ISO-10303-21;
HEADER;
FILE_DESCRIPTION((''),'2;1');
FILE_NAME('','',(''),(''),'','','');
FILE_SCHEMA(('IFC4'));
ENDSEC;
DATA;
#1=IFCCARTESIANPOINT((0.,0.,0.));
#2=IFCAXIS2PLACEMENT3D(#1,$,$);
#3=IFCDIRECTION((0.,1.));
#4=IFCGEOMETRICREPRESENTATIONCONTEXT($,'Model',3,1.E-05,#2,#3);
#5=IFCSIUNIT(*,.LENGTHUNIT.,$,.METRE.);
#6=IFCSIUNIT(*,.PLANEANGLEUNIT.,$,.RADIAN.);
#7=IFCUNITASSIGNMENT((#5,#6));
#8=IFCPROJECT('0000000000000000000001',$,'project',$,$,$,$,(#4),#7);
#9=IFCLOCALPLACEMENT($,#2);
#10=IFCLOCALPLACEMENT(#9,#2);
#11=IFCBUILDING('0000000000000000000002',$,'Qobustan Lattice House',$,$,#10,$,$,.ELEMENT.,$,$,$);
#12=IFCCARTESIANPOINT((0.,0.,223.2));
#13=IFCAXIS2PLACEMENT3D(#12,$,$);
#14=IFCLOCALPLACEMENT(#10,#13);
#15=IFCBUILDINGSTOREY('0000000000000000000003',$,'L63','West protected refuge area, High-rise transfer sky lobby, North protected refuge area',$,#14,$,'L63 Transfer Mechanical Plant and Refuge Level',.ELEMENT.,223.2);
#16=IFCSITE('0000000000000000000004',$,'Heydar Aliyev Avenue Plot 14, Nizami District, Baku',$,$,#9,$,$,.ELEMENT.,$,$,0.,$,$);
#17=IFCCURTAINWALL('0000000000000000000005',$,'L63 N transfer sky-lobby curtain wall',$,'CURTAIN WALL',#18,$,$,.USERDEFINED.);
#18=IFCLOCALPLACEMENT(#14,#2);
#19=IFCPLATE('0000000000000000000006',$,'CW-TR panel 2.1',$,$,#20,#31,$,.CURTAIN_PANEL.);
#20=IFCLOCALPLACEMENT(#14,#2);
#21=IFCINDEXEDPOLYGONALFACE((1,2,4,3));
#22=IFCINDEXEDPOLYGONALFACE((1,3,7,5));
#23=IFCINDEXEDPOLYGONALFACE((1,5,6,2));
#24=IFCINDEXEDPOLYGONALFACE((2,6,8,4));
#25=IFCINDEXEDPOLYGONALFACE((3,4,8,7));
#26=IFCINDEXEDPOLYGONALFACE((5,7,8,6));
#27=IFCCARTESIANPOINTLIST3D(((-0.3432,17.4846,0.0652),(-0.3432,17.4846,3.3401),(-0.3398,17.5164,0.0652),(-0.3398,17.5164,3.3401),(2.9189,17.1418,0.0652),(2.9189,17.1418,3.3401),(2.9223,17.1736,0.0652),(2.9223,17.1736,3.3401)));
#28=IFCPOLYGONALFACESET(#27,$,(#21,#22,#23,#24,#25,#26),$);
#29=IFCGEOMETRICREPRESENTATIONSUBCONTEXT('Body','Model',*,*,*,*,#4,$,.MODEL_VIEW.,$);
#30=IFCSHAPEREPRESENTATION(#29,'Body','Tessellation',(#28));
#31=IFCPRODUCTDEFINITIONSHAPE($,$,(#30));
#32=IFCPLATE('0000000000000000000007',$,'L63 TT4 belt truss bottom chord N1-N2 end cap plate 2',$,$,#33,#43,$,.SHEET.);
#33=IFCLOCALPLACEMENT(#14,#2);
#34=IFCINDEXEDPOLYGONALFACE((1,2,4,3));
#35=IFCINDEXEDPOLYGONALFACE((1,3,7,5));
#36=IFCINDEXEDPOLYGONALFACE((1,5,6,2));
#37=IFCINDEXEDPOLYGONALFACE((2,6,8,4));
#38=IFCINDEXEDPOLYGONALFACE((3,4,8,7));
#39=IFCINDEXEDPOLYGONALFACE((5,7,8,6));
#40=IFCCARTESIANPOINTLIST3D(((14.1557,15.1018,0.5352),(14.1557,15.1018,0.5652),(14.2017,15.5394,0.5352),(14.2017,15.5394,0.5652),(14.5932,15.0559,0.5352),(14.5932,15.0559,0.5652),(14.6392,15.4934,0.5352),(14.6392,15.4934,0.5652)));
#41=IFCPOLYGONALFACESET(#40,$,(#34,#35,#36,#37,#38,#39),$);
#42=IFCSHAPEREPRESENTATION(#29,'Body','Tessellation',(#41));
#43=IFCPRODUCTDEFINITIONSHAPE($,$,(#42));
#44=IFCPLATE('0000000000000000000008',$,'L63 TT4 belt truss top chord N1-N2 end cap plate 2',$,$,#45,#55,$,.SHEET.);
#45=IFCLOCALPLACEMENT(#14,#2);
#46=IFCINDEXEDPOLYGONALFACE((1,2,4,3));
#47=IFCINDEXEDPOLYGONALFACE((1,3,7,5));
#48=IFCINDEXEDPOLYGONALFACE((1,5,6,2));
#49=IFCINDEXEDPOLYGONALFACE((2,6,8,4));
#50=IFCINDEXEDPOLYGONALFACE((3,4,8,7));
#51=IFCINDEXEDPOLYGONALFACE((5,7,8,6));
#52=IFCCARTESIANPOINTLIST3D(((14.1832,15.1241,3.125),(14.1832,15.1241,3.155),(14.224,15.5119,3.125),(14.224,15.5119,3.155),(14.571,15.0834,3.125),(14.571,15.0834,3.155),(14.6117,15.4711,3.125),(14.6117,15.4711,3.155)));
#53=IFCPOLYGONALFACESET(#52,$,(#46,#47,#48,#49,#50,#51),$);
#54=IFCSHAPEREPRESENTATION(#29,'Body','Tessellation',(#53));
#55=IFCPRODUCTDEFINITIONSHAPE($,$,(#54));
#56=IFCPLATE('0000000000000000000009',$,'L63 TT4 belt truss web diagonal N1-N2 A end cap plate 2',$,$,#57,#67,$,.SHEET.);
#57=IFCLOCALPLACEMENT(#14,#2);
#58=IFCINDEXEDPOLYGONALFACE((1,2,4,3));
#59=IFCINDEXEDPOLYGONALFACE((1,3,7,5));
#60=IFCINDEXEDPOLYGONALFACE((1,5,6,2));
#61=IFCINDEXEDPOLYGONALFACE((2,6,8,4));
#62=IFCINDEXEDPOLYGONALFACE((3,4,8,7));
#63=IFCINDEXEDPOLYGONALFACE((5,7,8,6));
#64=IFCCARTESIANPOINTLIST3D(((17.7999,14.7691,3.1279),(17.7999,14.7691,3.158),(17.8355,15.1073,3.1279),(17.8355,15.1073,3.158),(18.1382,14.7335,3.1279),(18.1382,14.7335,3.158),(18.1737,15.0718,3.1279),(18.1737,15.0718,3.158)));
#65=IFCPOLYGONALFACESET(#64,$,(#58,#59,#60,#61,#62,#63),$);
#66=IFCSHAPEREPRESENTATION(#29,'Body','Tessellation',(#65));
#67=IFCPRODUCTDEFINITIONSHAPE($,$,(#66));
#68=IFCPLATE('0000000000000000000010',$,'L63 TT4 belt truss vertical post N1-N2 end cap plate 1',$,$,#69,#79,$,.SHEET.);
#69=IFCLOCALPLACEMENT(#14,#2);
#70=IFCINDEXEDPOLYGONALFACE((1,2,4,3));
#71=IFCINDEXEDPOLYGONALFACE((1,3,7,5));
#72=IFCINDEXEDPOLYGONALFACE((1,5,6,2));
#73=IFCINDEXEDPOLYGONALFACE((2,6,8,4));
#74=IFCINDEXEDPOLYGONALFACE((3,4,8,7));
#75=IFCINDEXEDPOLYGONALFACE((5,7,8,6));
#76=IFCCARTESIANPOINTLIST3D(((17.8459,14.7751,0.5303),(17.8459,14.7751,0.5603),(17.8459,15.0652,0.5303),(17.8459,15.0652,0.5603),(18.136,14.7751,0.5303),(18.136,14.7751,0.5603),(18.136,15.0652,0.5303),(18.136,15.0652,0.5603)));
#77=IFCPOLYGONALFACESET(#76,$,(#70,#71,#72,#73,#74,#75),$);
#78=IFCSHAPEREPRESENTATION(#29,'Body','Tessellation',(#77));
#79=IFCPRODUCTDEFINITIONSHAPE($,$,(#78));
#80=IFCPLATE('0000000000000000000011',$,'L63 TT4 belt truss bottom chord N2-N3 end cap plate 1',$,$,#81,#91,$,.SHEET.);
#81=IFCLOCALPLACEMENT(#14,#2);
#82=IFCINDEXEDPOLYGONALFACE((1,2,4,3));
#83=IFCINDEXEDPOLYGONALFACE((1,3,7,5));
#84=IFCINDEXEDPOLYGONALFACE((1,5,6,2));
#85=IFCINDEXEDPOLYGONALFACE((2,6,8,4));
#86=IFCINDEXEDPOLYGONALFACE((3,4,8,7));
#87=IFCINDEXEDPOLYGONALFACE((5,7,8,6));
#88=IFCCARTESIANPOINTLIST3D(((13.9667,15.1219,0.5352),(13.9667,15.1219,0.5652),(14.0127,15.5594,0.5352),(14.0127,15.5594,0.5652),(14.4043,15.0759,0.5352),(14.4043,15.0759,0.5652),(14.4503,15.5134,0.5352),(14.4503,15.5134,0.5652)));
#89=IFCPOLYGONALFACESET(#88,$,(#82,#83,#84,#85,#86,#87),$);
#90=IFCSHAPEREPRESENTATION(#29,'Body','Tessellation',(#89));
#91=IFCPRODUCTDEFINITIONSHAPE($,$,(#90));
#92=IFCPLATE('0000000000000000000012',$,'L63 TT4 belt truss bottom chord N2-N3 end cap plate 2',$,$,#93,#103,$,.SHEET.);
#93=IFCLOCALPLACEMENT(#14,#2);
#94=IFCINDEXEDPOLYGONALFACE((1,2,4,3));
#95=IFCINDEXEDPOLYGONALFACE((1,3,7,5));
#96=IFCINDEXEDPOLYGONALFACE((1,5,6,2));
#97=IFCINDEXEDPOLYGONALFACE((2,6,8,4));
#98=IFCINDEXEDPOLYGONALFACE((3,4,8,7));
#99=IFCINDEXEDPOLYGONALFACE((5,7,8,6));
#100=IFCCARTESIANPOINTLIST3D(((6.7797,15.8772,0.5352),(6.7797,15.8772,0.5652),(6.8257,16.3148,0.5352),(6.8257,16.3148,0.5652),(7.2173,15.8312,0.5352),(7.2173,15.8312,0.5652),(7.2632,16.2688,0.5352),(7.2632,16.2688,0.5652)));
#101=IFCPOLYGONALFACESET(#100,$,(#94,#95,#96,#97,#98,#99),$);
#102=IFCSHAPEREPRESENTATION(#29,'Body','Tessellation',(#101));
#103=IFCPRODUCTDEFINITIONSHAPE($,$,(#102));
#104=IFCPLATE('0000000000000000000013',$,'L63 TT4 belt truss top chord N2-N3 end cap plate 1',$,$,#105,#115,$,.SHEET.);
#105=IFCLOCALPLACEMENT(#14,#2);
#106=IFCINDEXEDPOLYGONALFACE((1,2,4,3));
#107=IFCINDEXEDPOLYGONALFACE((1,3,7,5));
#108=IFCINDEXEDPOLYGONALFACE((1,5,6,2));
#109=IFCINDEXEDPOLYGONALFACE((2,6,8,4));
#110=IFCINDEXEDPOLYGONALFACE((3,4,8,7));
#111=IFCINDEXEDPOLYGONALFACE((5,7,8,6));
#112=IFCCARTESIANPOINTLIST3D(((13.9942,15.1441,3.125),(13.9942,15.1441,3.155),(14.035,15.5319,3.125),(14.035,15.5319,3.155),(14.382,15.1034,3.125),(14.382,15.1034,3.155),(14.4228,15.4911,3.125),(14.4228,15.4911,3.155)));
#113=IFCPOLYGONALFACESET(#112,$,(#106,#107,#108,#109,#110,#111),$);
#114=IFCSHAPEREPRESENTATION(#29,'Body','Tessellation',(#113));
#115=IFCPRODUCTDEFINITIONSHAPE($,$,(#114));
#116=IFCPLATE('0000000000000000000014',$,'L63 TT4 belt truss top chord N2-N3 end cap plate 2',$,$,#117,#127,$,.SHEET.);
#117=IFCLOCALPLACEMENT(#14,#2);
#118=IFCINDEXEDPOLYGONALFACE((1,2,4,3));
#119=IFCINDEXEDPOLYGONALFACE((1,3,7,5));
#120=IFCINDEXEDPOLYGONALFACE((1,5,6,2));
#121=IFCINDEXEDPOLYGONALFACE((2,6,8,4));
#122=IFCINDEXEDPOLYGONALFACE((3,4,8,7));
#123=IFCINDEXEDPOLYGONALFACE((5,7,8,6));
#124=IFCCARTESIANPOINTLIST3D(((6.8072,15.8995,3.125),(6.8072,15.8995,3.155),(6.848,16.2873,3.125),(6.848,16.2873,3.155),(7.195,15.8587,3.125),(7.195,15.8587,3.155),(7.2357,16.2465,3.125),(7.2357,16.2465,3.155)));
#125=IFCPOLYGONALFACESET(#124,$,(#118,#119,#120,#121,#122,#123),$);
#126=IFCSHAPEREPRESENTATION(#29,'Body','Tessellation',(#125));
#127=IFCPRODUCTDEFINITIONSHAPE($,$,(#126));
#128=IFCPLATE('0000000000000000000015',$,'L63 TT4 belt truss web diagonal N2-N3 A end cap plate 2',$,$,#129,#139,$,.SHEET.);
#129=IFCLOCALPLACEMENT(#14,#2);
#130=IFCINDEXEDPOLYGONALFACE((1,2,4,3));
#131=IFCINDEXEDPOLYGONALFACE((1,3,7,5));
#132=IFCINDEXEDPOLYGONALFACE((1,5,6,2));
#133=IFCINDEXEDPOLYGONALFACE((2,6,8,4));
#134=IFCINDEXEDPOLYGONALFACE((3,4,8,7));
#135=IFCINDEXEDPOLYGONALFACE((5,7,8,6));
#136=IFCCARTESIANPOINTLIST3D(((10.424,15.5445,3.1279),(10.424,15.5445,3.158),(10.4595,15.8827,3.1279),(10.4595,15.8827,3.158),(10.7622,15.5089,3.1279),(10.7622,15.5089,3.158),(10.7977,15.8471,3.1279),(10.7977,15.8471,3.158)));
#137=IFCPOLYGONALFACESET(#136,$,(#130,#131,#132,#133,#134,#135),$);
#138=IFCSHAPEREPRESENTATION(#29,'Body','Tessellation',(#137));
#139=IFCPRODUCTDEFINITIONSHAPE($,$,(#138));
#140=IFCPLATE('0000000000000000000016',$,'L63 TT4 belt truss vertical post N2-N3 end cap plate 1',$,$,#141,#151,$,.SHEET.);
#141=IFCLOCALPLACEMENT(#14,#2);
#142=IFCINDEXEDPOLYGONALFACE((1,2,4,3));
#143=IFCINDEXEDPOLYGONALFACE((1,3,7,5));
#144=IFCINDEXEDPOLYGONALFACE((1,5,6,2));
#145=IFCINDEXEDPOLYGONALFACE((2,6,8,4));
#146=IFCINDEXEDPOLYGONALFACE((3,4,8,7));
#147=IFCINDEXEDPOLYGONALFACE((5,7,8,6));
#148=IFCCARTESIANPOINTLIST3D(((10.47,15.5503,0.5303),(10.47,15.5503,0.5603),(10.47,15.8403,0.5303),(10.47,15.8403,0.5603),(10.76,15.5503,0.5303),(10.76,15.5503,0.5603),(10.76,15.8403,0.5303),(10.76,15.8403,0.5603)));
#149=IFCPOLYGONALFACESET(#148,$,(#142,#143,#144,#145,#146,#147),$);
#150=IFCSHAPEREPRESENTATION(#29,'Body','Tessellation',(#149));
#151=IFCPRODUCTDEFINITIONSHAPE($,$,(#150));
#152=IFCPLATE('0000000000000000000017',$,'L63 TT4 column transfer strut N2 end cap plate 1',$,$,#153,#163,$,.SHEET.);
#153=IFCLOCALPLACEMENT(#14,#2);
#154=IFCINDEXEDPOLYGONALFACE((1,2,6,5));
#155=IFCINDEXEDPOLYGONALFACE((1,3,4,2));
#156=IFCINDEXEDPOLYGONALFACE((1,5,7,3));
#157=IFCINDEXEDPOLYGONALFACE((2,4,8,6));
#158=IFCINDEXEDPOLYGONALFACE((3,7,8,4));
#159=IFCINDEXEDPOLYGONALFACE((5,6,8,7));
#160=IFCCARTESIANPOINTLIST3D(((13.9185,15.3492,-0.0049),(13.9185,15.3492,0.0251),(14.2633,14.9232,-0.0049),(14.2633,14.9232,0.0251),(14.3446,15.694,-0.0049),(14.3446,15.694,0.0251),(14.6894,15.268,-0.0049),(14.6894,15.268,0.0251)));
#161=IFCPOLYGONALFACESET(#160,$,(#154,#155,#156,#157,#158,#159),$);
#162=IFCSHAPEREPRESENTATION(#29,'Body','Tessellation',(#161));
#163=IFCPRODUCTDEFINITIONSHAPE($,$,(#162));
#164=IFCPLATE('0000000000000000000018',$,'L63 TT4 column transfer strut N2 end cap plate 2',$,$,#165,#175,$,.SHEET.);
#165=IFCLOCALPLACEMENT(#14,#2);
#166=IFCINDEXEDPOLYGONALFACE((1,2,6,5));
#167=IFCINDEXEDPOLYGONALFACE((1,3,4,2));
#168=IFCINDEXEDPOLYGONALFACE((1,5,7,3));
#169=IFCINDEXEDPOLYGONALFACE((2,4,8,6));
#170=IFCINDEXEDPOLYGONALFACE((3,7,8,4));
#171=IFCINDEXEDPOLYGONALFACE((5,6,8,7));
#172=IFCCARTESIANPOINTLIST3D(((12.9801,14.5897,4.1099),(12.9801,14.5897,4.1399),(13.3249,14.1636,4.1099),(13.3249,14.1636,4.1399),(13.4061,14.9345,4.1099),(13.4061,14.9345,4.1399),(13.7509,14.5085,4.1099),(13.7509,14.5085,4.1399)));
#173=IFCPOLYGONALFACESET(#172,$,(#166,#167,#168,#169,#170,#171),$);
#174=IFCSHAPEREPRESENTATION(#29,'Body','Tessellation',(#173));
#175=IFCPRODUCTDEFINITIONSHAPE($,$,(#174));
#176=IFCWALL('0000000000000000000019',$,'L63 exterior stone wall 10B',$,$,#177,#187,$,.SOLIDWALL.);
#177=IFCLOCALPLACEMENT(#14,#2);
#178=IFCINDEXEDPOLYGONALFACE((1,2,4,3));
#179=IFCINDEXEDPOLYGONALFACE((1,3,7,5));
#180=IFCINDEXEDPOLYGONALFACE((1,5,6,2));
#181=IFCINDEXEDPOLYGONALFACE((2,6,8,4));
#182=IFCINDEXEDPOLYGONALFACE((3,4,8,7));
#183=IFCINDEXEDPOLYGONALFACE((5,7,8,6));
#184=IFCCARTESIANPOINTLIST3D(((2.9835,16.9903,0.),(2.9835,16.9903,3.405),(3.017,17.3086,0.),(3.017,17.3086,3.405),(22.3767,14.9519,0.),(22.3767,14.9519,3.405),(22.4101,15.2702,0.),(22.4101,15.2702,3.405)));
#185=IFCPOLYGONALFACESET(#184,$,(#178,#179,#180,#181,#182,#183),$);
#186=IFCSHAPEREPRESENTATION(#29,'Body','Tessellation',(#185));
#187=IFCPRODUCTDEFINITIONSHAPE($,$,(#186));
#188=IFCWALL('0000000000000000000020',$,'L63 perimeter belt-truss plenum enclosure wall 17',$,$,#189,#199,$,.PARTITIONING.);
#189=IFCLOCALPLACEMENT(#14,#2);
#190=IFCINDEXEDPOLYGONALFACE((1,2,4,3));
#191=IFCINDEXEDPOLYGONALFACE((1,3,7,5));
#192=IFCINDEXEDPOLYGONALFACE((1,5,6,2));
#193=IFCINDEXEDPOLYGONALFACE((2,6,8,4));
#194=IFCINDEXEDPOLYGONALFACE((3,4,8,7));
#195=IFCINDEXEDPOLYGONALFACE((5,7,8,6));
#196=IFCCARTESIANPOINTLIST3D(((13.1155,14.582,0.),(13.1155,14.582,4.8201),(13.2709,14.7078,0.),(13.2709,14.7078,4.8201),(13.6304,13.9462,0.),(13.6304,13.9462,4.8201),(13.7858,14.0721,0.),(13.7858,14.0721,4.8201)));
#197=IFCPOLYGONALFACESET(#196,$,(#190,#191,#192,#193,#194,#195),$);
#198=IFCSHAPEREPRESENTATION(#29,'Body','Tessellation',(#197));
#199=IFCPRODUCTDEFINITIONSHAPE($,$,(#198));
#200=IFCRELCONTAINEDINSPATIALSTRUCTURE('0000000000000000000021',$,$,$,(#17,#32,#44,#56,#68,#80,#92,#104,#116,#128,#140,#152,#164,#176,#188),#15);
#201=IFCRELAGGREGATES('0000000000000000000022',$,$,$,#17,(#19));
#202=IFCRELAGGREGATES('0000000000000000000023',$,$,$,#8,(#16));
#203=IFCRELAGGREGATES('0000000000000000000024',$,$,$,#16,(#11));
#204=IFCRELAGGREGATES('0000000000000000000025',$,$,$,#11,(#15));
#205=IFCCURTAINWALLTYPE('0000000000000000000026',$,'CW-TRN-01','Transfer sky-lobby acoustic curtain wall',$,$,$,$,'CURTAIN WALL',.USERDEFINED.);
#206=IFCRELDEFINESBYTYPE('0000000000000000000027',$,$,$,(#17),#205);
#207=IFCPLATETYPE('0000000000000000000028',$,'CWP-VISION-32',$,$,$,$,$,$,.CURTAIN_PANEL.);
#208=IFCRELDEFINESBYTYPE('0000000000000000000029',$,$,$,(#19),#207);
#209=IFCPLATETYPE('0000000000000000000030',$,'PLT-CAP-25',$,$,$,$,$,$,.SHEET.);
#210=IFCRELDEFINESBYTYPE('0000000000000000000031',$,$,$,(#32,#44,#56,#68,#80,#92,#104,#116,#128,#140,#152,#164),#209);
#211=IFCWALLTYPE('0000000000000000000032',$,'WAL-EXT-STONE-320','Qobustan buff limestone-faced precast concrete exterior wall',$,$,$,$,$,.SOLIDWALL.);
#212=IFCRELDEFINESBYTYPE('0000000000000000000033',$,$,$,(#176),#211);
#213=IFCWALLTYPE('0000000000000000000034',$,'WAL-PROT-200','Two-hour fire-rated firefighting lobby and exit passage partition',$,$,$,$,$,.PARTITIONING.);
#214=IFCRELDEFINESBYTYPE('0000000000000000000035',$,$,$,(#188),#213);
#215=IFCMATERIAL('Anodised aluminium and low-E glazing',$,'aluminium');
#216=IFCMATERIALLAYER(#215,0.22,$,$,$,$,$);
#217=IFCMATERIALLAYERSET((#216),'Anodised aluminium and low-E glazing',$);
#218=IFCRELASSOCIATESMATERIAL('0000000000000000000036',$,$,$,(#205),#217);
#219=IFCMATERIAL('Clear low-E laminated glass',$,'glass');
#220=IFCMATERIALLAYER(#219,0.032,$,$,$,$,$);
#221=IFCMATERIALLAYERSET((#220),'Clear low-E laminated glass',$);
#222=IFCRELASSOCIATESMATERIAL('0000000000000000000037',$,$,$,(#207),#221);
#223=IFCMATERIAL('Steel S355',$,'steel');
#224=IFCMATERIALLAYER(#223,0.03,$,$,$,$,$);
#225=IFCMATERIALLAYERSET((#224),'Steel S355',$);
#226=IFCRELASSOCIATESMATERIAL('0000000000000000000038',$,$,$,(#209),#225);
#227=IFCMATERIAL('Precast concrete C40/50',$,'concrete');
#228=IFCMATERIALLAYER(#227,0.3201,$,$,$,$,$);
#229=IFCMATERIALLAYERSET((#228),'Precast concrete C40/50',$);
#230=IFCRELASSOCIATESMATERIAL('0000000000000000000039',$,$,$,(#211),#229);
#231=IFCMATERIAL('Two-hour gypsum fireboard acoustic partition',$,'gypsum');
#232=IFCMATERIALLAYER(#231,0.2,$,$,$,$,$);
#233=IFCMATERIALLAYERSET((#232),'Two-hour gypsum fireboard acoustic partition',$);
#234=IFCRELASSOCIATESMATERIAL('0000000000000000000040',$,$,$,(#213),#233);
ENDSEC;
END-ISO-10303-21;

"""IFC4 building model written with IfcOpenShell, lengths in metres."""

from ifc_helpers import new_model, si_unit, direction, frame, frame_2d, origin, origin_2d, place, context, subcontext, project, spatial, rectangle, extrude, material, layer, layer_set, type_object, element, aggregate, save


model = new_model("IFC4")

# Units and contexts
model_context = context("Model", 3, precision=1e-05, world=origin(), true_north=direction((0.0, 1.0)))
body_context = subcontext(model_context, "Body", "Model", "MODEL_VIEW")
ifc_project = project(units=[si_unit("LENGTHUNIT", "METRE"), si_unit("PLANEANGLEUNIT", "RADIAN")], contexts=[model_context])

# Site, building, storey
site_placement = place(None, origin())
site = spatial("IfcSite", under=ifc_project, at=site_placement, Name="Heydar Aliyev Avenue Plot 14, Nizami District, Baku", CompositionType="ELEMENT", RefElevation=0.0)
building_placement = place(site_placement, origin())
building = spatial("IfcBuilding", under=site, at=building_placement, Name="Qobustan Lattice House", CompositionType="ELEMENT")
storey_placement = place(building_placement, frame((0.0, 0.0, 223.2)))
storey = spatial("IfcBuildingStorey", under=building, at=storey_placement, Name="L63", Description="West protected refuge area, High-rise transfer sky lobby, North protected refuge area", LongName="L63 Transfer Mechanical Plant and Refuge Level", CompositionType="ELEMENT", Elevation=223.2)

# Curtain wall
ifc_material_1 = material(Name="Anodised aluminium and low-E glazing", Category="aluminium")
ifc_layer_1 = layer(ifc_material_1, 0.22)
ifc_layer_set_1 = layer_set([ifc_layer_1], Name="Anodised aluminium and low-E glazing")
curtain_wall_type = type_object("IfcCurtainWallType", Name="CW-TRN-01", Description="Transfer sky-lobby acoustic curtain wall", ElementType="CURTAIN WALL", PredefinedType="USERDEFINED", material=ifc_layer_set_1)
curtain_wall_placement = place(storey_placement, origin())
curtain_wall = element("IfcCurtainWall", 1, at=curtain_wall_placement, inside=storey, type_object=curtain_wall_type, Name="L63 N transfer sky-lobby curtain wall", ObjectType="CURTAIN WALL", PredefinedType="USERDEFINED")

# Plate
ifc_material_2 = material(Name="Clear low-E laminated glass", Category="glass")
ifc_layer_2 = layer(ifc_material_2, 0.032)
ifc_layer_set_2 = layer_set([ifc_layer_2], Name="Clear low-E laminated glass")
plate_type_1 = type_object("IfcPlateType", Name="CWP-VISION-32", PredefinedType="CURTAIN_PANEL", material=ifc_layer_set_2)
plate_1_placement = place(storey_placement, frame((1.2896, 17.3291, 0.0652), z_axis=(0.0, 0.0, 1.0), x_axis=(0.994522, -0.104529, 0.0)))
plate_1 = element("IfcPlate", 2, at=plate_1_placement, type_object=plate_type_1, Name="CW-TR panel 2.1", PredefinedType="CURTAIN_PANEL", context=body_context, shape_type="SweptSolid", body=[
    extrude(rectangle(XDim=3.28, YDim=0.032, at=origin_2d()), origin(), (0.0, 0.0, 1.0), 3.2749),
])
aggregate(curtain_wall, [plate_1])

# Plates
ifc_material_3 = material(Name="Steel S355", Category="steel")
ifc_layer_3 = layer(ifc_material_3, 0.03)
ifc_layer_set_3 = layer_set([ifc_layer_3], Name="Steel S355")
plate_type_2 = type_object("IfcPlateType", Name="PLT-CAP-25", PredefinedType="SHEET", material=ifc_layer_set_3)
plate_2_placement = place(storey_placement, frame((14.3975, 15.2976, 0.5352), z_axis=(0.0, 0.0, 1.0), x_axis=(-0.994524, 0.104511, 0.0)))
element("IfcPlate", 3, at=plate_2_placement, inside=storey, type_object=plate_type_2, Name="L63 TT4 belt truss bottom chord N1-N2 end cap plate 2", PredefinedType="SHEET", context=body_context, shape_type="SweptSolid", body=[
    extrude(rectangle(XDim=0.4399, YDim=0.4399, at=origin_2d()), origin(), (0.0, 0.0, 1.0), 0.03),
])
plate_3_placement = place(storey_placement, frame((14.3975, 15.2976, 3.125), z_axis=(0.0, 0.0, 1.0), x_axis=(-0.994524, 0.104511, 0.0)))
element("IfcPlate", 4, at=plate_3_placement, inside=storey, type_object=plate_type_2, Name="L63 TT4 belt truss top chord N1-N2 end cap plate 2", PredefinedType="SHEET", context=body_context, shape_type="SweptSolid", body=[
    extrude(rectangle(XDim=0.3899, YDim=0.3899, at=origin_2d()), origin(), (0.0, 0.0, 1.0), 0.03),
])
plate_4_placement = place(storey_placement, frame((17.9868, 14.9204, 3.1279), z_axis=(0.0, 0.0, 1.0), x_axis=(-0.994524, 0.104511, 0.0)))
element("IfcPlate", 5, at=plate_4_placement, inside=storey, type_object=plate_type_2, Name="L63 TT4 belt truss web diagonal N1-N2 A end cap plate 2", PredefinedType="SHEET", context=body_context, shape_type="SweptSolid", body=[
    extrude(rectangle(XDim=0.3401, YDim=0.3401, at=origin_2d()), origin(), (0.0, 0.0, 1.0), 0.03),
])
plate_5_placement = place(storey_placement, frame((17.991, 14.9202, 0.5303), z_axis=(0.0, 0.0, 1.0), x_axis=(1.0, 0.0, 0.0)))
element("IfcPlate", 6, at=plate_5_placement, inside=storey, type_object=plate_type_2, Name="L63 TT4 belt truss vertical post N1-N2 end cap plate 1", PredefinedType="SHEET", context=body_context, shape_type="SweptSolid", body=[
    extrude(rectangle(XDim=0.29, YDim=0.29, at=origin_2d()), origin(), (0.0, 0.0, 1.0), 0.03),
])
for number, where, z_axis, x_axis, name in (
    (7, (14.2085, 15.3176, 0.5352), (0.0, 0.0, 1.0), (-0.994522, 0.104528, 0.0), "L63 TT4 belt truss bottom chord N2-N3 end cap plate 1"),
    (8, (7.0215, 16.073, 0.5352), (0.0, 0.0, 1.0), (-0.994522, 0.104528, 0.0), "L63 TT4 belt truss bottom chord N2-N3 end cap plate 2"),
):
    element("IfcPlate", number, at=place(storey_placement, frame(where, z_axis=z_axis, x_axis=x_axis)), inside=storey, type_object=plate_type_2, Name=name, PredefinedType="SHEET", context=body_context, shape_type="SweptSolid", body=[
        extrude(rectangle(XDim=0.4399, YDim=0.4399, at=origin_2d()), origin(), (0.0, 0.0, 1.0), 0.03),
    ])
for number, where, z_axis, x_axis, name in (
    (9, (14.2085, 15.3176, 3.125), (0.0, 0.0, 1.0), (-0.994522, 0.104528, 0.0), "L63 TT4 belt truss top chord N2-N3 end cap plate 1"),
    (10, (7.0215, 16.073, 3.125), (0.0, 0.0, 1.0), (-0.994522, 0.104528, 0.0), "L63 TT4 belt truss top chord N2-N3 end cap plate 2"),
):
    element("IfcPlate", number, at=place(storey_placement, frame(where, z_axis=z_axis, x_axis=x_axis)), inside=storey, type_object=plate_type_2, Name=name, PredefinedType="SHEET", context=body_context, shape_type="SweptSolid", body=[
        extrude(rectangle(XDim=0.3899, YDim=0.3899, at=origin_2d()), origin(), (0.0, 0.0, 1.0), 0.03),
    ])
plate_6_placement = place(storey_placement, frame((10.6108, 15.6958, 3.1279), z_axis=(0.0, 0.0, 1.0), x_axis=(-0.99452, 0.104546, 0.0)))
element("IfcPlate", 11, at=plate_6_placement, inside=storey, type_object=plate_type_2, Name="L63 TT4 belt truss web diagonal N2-N3 A end cap plate 2", PredefinedType="SHEET", context=body_context, shape_type="SweptSolid", body=[
    extrude(rectangle(XDim=0.3401, YDim=0.3401, at=origin_2d()), origin(), (0.0, 0.0, 1.0), 0.03),
])
plate_7_placement = place(storey_placement, frame((10.615, 15.6953, 0.5303), z_axis=(0.0, 0.0, 1.0), x_axis=(1.0, 0.0, 0.0)))
element("IfcPlate", 12, at=plate_7_placement, inside=storey, type_object=plate_type_2, Name="L63 TT4 belt truss vertical post N2-N3 end cap plate 1", PredefinedType="SHEET", context=body_context, shape_type="SweptSolid", body=[
    extrude(rectangle(XDim=0.29, YDim=0.29, at=origin_2d()), origin(), (0.0, 0.0, 1.0), 0.03),
])
for number, where, z_axis, x_axis, name in (
    (13, (14.304, 15.3086, -0.0049), (0.0, 0.0, 1.0), (-0.777322, -0.629103, 0.0), "L63 TT4 column transfer strut N2 end cap plate 1"),
    (14, (13.3655, 14.5491, 4.1099), (0.0, 0.0, 1.0), (-0.777322, -0.629103, 0.0), "L63 TT4 column transfer strut N2 end cap plate 2"),
):
    element("IfcPlate", number, at=place(storey_placement, frame(where, z_axis=z_axis, x_axis=x_axis)), inside=storey, type_object=plate_type_2, Name=name, PredefinedType="SHEET", context=body_context, shape_type="SweptSolid", body=[
        extrude(rectangle(XDim=0.5481, YDim=0.5481, at=origin_2d()), origin(), (0.0, 0.0, 1.0), 0.03),
    ])

# Walls
ifc_material_4 = material(Name="Precast concrete C40/50", Category="concrete")
ifc_layer_4 = layer(ifc_material_4, 0.3201)
ifc_layer_set_4 = layer_set([ifc_layer_4], Name="Precast concrete C40/50")
wall_type_1 = type_object("IfcWallType", Name="WAL-EXT-STONE-320", Description="Qobustan buff limestone-faced precast concrete exterior wall", PredefinedType="SOLIDWALL", material=ifc_layer_set_4)
wall_1_placement = place(storey_placement, frame((3.0002, 17.1494, 0.0), z_axis=(0.0, 0.0, 1.0), x_axis=(0.994522, -0.10453, 0.0)))
element("IfcWall", 15, at=wall_1_placement, inside=storey, type_object=wall_type_1, Name="L63 exterior stone wall 10B", PredefinedType="SOLIDWALL", context=body_context, shape_type="SweptSolid", body=[
    extrude(rectangle(XDim=19.5, YDim=0.3201, at=frame_2d((9.75, 0.0))), origin(), (0.0, 0.0, 1.0), 3.405),
])
ifc_material_5 = material(Name="Two-hour gypsum fireboard acoustic partition", Category="gypsum")
ifc_layer_5 = layer(ifc_material_5, 0.2)
ifc_layer_set_5 = layer_set([ifc_layer_5], Name="Two-hour gypsum fireboard acoustic partition")
wall_type_2 = type_object("IfcWallType", Name="WAL-PROT-200", Description="Two-hour fire-rated firefighting lobby and exit passage partition", PredefinedType="PARTITIONING", material=ifc_layer_set_5)
wall_2_placement = place(storey_placement, frame((13.1931, 14.645, 0.0), z_axis=(0.0, 0.0, 1.0), x_axis=(0.629378, -0.777099, 0.0)))
element("IfcWall", 16, at=wall_2_placement, inside=storey, type_object=wall_type_2, Name="L63 perimeter belt-truss plenum enclosure wall 17", PredefinedType="PARTITIONING", context=body_context, shape_type="SweptSolid", body=[
    extrude(rectangle(XDim=0.8181, YDim=0.2, at=frame_2d((0.4092, 0.0))), origin(), (0.0, 0.0, 1.0), 4.8201),
])

save(model, "model.ifc")
